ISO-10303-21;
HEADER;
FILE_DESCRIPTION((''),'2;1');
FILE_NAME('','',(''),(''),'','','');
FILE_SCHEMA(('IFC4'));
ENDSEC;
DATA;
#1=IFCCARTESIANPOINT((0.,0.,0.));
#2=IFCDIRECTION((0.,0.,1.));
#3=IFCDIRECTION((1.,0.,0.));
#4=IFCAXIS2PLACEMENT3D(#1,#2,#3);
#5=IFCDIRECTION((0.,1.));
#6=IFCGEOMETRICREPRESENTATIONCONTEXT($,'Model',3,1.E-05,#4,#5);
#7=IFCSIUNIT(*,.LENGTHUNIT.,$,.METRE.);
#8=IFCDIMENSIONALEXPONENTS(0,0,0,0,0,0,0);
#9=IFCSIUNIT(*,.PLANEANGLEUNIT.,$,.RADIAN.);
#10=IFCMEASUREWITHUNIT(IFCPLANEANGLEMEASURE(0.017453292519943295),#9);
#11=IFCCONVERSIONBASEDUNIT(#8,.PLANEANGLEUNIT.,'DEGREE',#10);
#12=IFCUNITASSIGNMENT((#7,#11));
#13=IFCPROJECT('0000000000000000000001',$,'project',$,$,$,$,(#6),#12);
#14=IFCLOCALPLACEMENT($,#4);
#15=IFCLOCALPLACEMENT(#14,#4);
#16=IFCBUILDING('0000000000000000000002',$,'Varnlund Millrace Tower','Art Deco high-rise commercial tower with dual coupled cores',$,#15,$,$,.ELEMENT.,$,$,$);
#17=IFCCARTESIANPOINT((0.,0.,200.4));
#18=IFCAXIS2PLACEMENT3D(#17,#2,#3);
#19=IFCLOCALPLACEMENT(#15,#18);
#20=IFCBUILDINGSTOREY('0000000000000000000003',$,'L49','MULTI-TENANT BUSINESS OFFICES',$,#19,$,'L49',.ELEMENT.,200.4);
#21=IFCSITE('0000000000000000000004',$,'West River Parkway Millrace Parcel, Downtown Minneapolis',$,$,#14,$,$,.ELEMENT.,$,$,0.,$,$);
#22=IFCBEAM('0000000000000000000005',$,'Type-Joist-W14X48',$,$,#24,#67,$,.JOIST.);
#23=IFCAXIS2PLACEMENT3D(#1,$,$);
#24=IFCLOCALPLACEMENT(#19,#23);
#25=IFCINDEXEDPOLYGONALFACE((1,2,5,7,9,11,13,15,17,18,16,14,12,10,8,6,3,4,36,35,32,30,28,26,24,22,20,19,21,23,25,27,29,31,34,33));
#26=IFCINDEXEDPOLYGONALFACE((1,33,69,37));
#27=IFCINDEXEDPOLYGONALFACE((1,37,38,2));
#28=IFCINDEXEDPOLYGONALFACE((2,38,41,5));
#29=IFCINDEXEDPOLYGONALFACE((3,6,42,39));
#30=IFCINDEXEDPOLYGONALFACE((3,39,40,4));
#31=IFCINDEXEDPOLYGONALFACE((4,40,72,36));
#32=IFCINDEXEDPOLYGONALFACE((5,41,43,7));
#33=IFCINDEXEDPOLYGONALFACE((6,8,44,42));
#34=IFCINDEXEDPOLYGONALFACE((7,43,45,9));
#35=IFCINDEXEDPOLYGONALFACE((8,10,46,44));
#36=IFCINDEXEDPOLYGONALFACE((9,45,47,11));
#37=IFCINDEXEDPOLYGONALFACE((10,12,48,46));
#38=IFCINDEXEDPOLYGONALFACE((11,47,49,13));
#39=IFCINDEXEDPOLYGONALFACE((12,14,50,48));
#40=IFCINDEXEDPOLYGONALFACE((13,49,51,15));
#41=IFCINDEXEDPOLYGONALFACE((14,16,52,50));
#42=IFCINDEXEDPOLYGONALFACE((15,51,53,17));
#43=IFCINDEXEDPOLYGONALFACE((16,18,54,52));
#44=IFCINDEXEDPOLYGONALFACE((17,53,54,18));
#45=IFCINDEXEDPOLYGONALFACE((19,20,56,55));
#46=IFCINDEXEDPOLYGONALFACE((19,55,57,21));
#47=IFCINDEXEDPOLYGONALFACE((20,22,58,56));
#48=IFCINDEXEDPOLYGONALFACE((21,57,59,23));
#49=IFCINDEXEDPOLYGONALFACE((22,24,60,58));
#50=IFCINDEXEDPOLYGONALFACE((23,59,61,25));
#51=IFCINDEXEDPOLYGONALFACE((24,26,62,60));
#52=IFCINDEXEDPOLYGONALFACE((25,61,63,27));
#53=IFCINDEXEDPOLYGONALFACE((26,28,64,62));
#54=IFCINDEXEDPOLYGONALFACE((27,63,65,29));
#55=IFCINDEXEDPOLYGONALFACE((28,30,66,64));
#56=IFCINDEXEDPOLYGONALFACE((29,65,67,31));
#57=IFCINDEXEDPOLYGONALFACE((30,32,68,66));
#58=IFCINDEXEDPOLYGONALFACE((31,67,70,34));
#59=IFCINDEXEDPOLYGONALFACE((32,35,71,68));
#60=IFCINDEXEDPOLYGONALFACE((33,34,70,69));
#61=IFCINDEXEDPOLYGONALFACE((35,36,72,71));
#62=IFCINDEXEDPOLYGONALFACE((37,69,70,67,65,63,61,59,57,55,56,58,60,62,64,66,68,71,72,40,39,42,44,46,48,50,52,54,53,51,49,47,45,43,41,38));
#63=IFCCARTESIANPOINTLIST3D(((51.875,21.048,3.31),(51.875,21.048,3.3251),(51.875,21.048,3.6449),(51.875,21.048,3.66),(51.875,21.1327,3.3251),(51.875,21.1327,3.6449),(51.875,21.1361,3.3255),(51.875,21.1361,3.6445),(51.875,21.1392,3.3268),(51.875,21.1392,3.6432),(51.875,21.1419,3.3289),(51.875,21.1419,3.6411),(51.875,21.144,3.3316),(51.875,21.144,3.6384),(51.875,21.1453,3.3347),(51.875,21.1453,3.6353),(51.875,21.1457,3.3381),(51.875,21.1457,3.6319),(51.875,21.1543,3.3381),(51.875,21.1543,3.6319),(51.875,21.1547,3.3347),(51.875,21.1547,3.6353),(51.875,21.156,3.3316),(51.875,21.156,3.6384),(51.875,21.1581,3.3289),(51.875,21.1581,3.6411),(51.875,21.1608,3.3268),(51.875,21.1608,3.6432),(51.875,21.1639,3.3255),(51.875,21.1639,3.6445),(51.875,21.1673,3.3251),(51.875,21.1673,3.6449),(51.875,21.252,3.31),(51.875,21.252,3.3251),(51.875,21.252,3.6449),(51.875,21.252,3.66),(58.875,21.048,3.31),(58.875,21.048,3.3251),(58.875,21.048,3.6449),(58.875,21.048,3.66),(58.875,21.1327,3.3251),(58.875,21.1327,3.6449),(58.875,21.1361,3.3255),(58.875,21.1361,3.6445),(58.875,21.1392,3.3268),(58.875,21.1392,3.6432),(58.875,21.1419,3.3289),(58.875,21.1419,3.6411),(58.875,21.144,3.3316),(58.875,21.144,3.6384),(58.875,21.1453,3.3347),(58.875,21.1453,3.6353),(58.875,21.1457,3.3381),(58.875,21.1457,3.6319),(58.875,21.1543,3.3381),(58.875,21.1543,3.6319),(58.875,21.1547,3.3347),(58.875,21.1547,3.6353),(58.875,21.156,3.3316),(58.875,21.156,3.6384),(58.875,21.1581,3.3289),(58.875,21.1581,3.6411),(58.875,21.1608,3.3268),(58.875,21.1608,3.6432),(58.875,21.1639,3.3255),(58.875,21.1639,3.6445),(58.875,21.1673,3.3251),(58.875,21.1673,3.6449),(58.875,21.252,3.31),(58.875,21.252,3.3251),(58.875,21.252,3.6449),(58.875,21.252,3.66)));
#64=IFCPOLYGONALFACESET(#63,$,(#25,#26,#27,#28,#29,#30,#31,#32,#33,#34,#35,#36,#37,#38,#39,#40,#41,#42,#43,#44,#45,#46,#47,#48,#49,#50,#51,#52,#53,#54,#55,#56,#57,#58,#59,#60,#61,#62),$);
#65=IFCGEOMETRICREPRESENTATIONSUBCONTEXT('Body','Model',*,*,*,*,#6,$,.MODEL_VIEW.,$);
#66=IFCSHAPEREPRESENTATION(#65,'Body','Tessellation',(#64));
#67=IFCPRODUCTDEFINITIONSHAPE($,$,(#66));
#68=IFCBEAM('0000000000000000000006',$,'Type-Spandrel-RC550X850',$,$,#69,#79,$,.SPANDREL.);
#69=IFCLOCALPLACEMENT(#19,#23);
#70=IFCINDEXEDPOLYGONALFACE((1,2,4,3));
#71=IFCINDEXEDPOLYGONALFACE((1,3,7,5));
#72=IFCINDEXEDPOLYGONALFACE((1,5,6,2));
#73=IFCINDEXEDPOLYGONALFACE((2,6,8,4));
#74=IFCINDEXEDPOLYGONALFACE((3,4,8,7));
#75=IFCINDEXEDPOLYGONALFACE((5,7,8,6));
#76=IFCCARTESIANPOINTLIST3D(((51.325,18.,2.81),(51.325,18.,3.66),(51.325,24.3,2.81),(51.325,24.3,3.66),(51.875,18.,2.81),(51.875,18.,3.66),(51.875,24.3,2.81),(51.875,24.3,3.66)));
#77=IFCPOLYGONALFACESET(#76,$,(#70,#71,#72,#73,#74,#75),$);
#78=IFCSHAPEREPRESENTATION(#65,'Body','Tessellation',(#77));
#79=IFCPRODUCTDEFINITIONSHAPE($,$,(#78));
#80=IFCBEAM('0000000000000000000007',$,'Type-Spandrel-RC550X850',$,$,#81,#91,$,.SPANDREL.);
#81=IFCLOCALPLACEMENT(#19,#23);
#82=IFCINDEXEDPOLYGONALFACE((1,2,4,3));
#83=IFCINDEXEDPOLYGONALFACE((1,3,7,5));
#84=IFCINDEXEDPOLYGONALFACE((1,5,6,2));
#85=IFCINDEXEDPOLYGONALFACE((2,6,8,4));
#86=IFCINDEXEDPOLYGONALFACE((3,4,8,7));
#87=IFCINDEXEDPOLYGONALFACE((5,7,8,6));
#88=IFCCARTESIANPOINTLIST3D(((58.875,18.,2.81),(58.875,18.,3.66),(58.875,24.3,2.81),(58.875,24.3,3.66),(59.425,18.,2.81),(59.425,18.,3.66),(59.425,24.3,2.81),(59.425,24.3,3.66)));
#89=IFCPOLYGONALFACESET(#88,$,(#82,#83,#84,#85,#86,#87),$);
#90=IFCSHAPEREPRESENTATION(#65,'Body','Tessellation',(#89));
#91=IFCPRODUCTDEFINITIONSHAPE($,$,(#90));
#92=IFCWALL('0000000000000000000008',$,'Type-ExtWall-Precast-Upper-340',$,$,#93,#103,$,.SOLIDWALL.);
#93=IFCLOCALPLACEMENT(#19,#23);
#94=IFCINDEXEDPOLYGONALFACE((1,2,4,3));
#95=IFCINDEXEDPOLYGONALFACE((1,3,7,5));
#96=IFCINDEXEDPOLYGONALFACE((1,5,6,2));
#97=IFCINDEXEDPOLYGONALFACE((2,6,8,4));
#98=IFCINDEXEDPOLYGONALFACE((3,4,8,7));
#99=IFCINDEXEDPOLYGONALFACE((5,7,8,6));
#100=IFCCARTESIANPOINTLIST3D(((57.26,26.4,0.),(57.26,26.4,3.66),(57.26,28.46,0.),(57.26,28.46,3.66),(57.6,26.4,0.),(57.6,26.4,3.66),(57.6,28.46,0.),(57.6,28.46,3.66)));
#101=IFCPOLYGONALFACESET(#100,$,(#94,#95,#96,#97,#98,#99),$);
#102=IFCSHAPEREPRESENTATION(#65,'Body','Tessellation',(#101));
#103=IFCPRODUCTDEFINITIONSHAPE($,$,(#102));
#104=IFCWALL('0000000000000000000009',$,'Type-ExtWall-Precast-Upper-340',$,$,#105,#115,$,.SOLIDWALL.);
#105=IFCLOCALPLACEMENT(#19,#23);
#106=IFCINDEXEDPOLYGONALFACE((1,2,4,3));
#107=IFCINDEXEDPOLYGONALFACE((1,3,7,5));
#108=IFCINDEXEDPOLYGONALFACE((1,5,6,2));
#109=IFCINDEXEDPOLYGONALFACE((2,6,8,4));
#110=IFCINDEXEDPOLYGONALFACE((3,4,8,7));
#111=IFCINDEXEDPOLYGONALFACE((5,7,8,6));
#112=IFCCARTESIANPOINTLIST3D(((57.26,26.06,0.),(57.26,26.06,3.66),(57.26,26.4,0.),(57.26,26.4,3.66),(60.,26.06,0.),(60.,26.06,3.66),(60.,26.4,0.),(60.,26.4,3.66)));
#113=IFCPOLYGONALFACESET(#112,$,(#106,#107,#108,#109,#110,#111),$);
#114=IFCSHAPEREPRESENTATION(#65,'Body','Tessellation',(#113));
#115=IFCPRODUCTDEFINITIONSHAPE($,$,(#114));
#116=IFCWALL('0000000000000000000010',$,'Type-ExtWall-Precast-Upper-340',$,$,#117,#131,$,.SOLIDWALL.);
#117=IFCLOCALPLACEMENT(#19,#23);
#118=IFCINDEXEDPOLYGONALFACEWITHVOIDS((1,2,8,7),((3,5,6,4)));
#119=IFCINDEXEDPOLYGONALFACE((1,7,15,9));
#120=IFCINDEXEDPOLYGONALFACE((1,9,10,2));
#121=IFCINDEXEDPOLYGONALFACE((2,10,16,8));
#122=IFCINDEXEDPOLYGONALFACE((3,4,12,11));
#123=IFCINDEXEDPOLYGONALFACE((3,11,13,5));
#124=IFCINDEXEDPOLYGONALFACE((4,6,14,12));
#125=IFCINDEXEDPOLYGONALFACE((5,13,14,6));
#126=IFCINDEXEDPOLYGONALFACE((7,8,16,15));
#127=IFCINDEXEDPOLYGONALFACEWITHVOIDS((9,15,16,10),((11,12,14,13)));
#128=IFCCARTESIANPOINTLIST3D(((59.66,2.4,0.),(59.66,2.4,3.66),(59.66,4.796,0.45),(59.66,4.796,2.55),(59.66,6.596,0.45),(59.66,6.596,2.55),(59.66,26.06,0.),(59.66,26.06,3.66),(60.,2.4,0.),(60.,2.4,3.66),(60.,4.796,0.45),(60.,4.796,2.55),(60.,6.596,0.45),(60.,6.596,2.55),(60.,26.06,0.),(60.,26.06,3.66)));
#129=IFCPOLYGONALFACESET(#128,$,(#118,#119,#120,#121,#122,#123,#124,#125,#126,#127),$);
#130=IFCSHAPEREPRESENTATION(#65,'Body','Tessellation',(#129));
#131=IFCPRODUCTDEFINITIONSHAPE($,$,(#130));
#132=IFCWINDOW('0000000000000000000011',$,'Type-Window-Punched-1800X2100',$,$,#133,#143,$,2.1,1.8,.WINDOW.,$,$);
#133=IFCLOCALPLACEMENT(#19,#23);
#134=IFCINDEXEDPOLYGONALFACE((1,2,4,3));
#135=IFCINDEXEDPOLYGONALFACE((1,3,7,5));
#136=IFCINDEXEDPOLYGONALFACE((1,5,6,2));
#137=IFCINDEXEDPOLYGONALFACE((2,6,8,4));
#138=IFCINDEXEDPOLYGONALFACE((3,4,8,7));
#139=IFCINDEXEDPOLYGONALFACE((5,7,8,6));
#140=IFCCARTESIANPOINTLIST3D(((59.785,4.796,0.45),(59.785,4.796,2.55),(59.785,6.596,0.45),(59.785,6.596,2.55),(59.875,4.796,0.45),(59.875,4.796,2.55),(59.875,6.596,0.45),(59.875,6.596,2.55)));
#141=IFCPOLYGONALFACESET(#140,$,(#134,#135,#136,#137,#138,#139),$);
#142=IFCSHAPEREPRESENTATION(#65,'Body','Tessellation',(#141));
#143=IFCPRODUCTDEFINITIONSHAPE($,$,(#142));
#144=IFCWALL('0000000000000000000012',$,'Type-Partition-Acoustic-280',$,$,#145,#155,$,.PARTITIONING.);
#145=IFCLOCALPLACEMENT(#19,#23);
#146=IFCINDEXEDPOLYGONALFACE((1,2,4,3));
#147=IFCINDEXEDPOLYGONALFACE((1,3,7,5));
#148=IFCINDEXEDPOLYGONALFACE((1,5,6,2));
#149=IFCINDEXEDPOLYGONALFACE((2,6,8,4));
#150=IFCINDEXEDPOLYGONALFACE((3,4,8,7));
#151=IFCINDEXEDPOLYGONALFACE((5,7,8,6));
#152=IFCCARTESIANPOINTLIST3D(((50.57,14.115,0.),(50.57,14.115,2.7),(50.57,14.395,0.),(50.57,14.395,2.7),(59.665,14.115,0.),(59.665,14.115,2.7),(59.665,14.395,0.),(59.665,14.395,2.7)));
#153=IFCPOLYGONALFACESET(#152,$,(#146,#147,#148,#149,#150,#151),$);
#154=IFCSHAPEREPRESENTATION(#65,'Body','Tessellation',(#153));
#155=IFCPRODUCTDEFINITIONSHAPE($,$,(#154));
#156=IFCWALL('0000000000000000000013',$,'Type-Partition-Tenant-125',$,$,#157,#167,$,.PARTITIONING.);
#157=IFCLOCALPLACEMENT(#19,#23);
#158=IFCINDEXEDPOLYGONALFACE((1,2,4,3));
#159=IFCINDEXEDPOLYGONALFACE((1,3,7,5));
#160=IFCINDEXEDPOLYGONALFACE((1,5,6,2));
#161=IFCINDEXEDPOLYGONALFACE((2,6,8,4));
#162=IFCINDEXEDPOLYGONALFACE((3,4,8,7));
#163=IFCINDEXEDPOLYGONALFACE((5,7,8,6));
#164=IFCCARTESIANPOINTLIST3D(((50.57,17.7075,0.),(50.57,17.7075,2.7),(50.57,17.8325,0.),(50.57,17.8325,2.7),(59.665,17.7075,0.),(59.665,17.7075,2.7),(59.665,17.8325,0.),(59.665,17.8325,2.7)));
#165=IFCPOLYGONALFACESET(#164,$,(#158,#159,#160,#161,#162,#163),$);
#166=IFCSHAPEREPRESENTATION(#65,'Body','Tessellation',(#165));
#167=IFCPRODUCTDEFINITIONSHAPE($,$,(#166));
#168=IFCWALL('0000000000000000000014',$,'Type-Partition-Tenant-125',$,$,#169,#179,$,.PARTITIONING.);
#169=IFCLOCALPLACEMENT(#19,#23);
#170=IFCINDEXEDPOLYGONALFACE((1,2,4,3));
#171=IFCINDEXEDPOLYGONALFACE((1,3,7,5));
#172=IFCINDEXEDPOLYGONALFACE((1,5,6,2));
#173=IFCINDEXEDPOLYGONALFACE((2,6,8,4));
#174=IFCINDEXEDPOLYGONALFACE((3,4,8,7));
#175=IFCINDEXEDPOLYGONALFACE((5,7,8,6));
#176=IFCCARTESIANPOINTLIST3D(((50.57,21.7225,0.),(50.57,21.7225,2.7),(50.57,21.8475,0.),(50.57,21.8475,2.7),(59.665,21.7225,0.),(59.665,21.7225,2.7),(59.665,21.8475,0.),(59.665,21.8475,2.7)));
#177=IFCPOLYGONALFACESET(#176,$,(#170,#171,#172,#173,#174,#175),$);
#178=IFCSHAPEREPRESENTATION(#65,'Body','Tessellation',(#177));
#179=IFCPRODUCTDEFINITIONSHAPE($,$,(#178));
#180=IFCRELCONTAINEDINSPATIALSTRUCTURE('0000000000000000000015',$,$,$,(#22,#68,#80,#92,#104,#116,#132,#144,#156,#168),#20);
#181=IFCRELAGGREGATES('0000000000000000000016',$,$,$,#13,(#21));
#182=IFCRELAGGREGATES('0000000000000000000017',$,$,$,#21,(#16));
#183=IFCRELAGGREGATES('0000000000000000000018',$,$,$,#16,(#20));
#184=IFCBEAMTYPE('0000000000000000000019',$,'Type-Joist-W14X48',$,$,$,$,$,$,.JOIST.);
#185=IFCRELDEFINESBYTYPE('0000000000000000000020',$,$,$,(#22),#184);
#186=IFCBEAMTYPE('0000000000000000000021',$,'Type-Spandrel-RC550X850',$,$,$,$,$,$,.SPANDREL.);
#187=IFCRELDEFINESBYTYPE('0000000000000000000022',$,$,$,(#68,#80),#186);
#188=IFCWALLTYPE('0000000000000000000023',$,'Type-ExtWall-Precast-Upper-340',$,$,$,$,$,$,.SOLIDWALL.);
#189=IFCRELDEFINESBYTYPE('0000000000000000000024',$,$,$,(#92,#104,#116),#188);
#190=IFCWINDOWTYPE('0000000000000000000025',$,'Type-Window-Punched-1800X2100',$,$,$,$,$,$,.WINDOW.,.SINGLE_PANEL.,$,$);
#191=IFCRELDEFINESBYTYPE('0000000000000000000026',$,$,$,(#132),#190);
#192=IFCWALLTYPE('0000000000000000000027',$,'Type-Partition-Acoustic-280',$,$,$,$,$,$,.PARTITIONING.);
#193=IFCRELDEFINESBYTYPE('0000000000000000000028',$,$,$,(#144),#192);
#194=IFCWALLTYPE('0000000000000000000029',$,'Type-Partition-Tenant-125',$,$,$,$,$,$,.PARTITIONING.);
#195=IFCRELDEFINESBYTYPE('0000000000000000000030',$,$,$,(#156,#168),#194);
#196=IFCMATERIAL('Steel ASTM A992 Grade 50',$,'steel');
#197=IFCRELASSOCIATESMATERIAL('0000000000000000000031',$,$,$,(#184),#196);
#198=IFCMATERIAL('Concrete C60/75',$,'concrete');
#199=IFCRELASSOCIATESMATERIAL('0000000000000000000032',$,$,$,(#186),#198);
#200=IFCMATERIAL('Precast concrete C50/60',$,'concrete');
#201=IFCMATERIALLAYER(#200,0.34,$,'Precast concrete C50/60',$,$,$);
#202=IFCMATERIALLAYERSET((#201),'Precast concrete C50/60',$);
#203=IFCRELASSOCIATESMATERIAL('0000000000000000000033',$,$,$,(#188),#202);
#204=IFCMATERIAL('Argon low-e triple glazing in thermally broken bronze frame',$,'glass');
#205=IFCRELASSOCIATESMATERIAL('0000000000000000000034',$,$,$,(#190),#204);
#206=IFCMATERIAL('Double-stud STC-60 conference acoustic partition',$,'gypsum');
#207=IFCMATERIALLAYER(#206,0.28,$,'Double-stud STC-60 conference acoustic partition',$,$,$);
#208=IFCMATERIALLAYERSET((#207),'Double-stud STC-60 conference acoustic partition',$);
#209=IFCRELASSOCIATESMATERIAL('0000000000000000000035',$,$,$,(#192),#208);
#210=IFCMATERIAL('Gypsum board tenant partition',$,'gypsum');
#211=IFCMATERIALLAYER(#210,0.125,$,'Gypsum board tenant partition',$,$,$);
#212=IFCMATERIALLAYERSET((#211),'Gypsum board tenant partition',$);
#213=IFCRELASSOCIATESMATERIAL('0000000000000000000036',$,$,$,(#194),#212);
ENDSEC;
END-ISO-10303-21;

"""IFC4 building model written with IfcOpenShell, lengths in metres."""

from ifc_helpers import new_model, entity, si_unit, converted_unit, direction, frame, origin_with_axes, origin_2d_with_axis, place, context, subcontext, project, spatial, polyline, rectangle, i_section, outline, extrude, material, layer, layer_set, material_profile, profile_set, type_object, element, fill, save


model = new_model("IFC4")

# Units and contexts
model_context = context("Model", 3, precision=1e-05, world=origin_with_axes(), true_north=direction((0.0, 1.0)))
body_context = subcontext(model_context, "Body", "Model", "MODEL_VIEW")
ifc_project = project(units=[si_unit("LENGTHUNIT", "METRE"), converted_unit("PLANEANGLEUNIT", "DEGREE", entity("IfcPlaneAngleMeasure", 0.017453292519943295), si_unit("PLANEANGLEUNIT", "RADIAN"), dimensions=[0, 0, 0, 0, 0, 0, 0])], contexts=[model_context])

# Site, building, storey
site_placement = place(None, origin_with_axes())
site = spatial("IfcSite", under=ifc_project, at=site_placement, Name="West River Parkway Millrace Parcel, Downtown Minneapolis", CompositionType="ELEMENT", RefElevation=0.0)
building_placement = place(site_placement, origin_with_axes())
building = spatial("IfcBuilding", under=site, at=building_placement, Name="Varnlund Millrace Tower", Description="Art Deco high-rise commercial tower with dual coupled cores", CompositionType="ELEMENT")
storey_placement = place(building_placement, frame((0.0, 0.0, 200.4), z_axis=(0.0, 0.0, 1.0), x_axis=(1.0, 0.0, 0.0)))
storey = spatial("IfcBuildingStorey", under=building, at=storey_placement, Name="L49", Description="MULTI-TENANT BUSINESS OFFICES", LongName="L49", CompositionType="ELEMENT", Elevation=200.4)

# Beams
ifc_material_1 = material(Name="Steel ASTM A992 Grade 50", Category="steel")
ifc_material_profile_1 = material_profile(ifc_material_1, i_section(OverallWidth=0.204, OverallDepth=0.35, WebThickness=0.0086, FlangeThickness=0.0151, FilletRadius=0.013, at=origin_2d_with_axis()), Name="Steel ASTM A992 Grade 50")
ifc_profile_set_1 = profile_set([ifc_material_profile_1], Name="Steel ASTM A992 Grade 50")
beam_type_1 = type_object("IfcBeamType", Name="Type-Joist-W14X48", PredefinedType="JOIST", material=ifc_profile_set_1)
for number, where, z_axis, x_axis, name in (
    (1, (51.875, 21.15, 3.485), (1.0, 0.0, 0.0), (0.0, 1.0, 0.0), "Type-Joist-W14X48"),
):
    element("IfcBeam", number, at=place(storey_placement, frame(where, z_axis=z_axis, x_axis=x_axis)), inside=storey, type_object=beam_type_1, Name=name, PredefinedType="JOIST", context=body_context, shape_type="SweptSolid", body=[
        extrude(i_section(OverallWidth=0.204, OverallDepth=0.35, WebThickness=0.0086, FlangeThickness=0.0151, FilletRadius=0.013, at=origin_2d_with_axis()), origin_with_axes(), (0.0, 0.0, 1.0), 7.0),
    ])
ifc_material_2 = material(Name="Concrete C60/75", Category="concrete")
ifc_material_profile_2 = material_profile(ifc_material_2, rectangle(XDim=0.55, YDim=0.85, at=origin_2d_with_axis()), Name="Concrete C60/75")
ifc_profile_set_2 = profile_set([ifc_material_profile_2], Name="Concrete C60/75")
beam_type_2 = type_object("IfcBeamType", Name="Type-Spandrel-RC550X850", PredefinedType="SPANDREL", material=ifc_profile_set_2)
for number, where, z_axis, x_axis, name in (
    (2, (51.6, 18.0, 3.235), (0.0, 1.0, 0.0), (-1.0, 0.0, 0.0), "Type-Spandrel-RC550X850"),
    (3, (59.15, 18.0, 3.235), (0.0, 1.0, 0.0), (-1.0, 0.0, 0.0), "Type-Spandrel-RC550X850"),
):
    element("IfcBeam", number, at=place(storey_placement, frame(where, z_axis=z_axis, x_axis=x_axis)), inside=storey, type_object=beam_type_2, Name=name, PredefinedType="SPANDREL", context=body_context, shape_type="SweptSolid", body=[
        extrude(rectangle(XDim=0.55, YDim=0.85, at=origin_2d_with_axis()), origin_with_axes(), (0.0, 0.0, 1.0), 6.3),
    ])

# Walls
ifc_material_3 = material(Name="Precast concrete C50/60", Category="concrete")
ifc_layer_1 = layer(ifc_material_3, 0.34, Name="Precast concrete C50/60")
ifc_layer_set_1 = layer_set([ifc_layer_1], Name="Precast concrete C50/60")
wall_type_1 = type_object("IfcWallType", Name="Type-ExtWall-Precast-Upper-340", PredefinedType="SOLIDWALL", material=ifc_layer_set_1)
wall_1_placement = place(storey_placement, frame((57.43, 28.46, 0.0), z_axis=(0.0, 0.0, 1.0), x_axis=(0.0, -1.0, 0.0)))
element("IfcWall", 4, at=wall_1_placement, inside=storey, type_object=wall_type_1, Name="Type-ExtWall-Precast-Upper-340", PredefinedType="SOLIDWALL", context=body_context, shape_type="SweptSolid", body=[
    extrude(outline(polyline([(0.0, -0.17), (2.06, -0.17), (2.06, 0.17), (0.0, 0.17), (0.0, -0.17)])), origin_with_axes(), (0.0, 0.0, 1.0), 3.66),
])
wall_2_placement = place(storey_placement, frame((57.26, 26.23, 0.0), z_axis=(0.0, 0.0, 1.0), x_axis=(1.0, 0.0, 0.0)))
element("IfcWall", 5, at=wall_2_placement, inside=storey, type_object=wall_type_1, Name="Type-ExtWall-Precast-Upper-340", PredefinedType="SOLIDWALL", context=body_context, shape_type="SweptSolid", body=[
    extrude(outline(polyline([(0.0, -0.17), (2.74, -0.17), (2.74, 0.17), (0.0, 0.17), (0.0, -0.17)])), origin_with_axes(), (0.0, 0.0, 1.0), 3.66),
])

# Wall, opening, window
wall_3_placement = place(storey_placement, frame((59.83, 26.06, 0.0), z_axis=(0.0, 0.0, 1.0), x_axis=(0.0, -1.0, 0.0)))
wall_3 = element("IfcWall", 6, at=wall_3_placement, inside=storey, type_object=wall_type_1, Name="Type-ExtWall-Precast-Upper-340", PredefinedType="SOLIDWALL", context=body_context, shape_type="SweptSolid", body=[
    extrude(outline(polyline([(0.0, -0.17), (23.66, -0.17), (23.66, 0.17), (0.0, 0.17), (0.0, -0.17)])), origin_with_axes(), (0.0, 0.0, 1.0), 3.66),
])
opening_placement = place(wall_3_placement, frame((20.364, 0.0, 0.45), z_axis=(0.0, 0.0, 1.0), x_axis=(1.0, 0.0, 0.0)))
opening = element("IfcOpeningElement", 7, at=opening_placement, cuts=wall_3, PredefinedType="OPENING", context=body_context, shape_type="SweptSolid", body=[
    extrude(rectangle(XDim=1.8, YDim=0.36, at=origin_2d_with_axis()), origin_with_axes(), (0.0, 0.0, 1.0), 2.1),
])
ifc_material_4 = material(Name="Argon low-e triple glazing in thermally broken bronze frame", Category="glass")
window_type = type_object("IfcWindowType", Name="Type-Window-Punched-1800X2100", PartitioningType="SINGLE_PANEL", PredefinedType="WINDOW", material=ifc_material_4)
window_placement = place(wall_3_placement, frame((20.364, 0.0, 0.45), z_axis=(0.0, 0.0, 1.0), x_axis=(1.0, 0.0, 0.0)))
window = element("IfcWindow", 8, at=window_placement, inside=storey, type_object=window_type, Name="Type-Window-Punched-1800X2100", OverallHeight=2.1, OverallWidth=1.8, PredefinedType="WINDOW", context=body_context, shape_type="SweptSolid", body=[
    extrude(rectangle(XDim=1.8, YDim=0.09, at=origin_2d_with_axis()), origin_with_axes(), (0.0, 0.0, 1.0), 2.1),
])
fill(opening, window)

# Walls
ifc_material_5 = material(Name="Double-stud STC-60 conference acoustic partition", Category="gypsum")
ifc_layer_2 = layer(ifc_material_5, 0.28, Name="Double-stud STC-60 conference acoustic partition")
ifc_layer_set_2 = layer_set([ifc_layer_2], Name="Double-stud STC-60 conference acoustic partition")
wall_type_2 = type_object("IfcWallType", Name="Type-Partition-Acoustic-280", PredefinedType="PARTITIONING", material=ifc_layer_set_2)
wall_4_placement = place(storey_placement, frame((50.57, 14.255, 0.0), z_axis=(0.0, 0.0, 1.0), x_axis=(1.0, 0.0, 0.0)))
element("IfcWall", 9, at=wall_4_placement, inside=storey, type_object=wall_type_2, Name="Type-Partition-Acoustic-280", PredefinedType="PARTITIONING", context=body_context, shape_type="SweptSolid", body=[
    extrude(outline(polyline([(0.0, -0.14), (9.095, -0.14), (9.095, 0.14), (0.0, 0.14), (0.0, -0.14)])), origin_with_axes(), (0.0, 0.0, 1.0), 2.7),
])
ifc_material_6 = material(Name="Gypsum board tenant partition", Category="gypsum")
ifc_layer_3 = layer(ifc_material_6, 0.125, Name="Gypsum board tenant partition")
ifc_layer_set_3 = layer_set([ifc_layer_3], Name="Gypsum board tenant partition")
wall_type_3 = type_object("IfcWallType", Name="Type-Partition-Tenant-125", PredefinedType="PARTITIONING", material=ifc_layer_set_3)
for number, where, z_axis, x_axis, name in (
    (10, (50.57, 17.77, 0.0), (0.0, 0.0, 1.0), (1.0, 0.0, 0.0), "Type-Partition-Tenant-125"),
    (11, (50.57, 21.785, 0.0), (0.0, 0.0, 1.0), (1.0, 0.0, 0.0), "Type-Partition-Tenant-125"),
):
    element("IfcWall", number, at=place(storey_placement, frame(where, z_axis=z_axis, x_axis=x_axis)), inside=storey, type_object=wall_type_3, Name=name, PredefinedType="PARTITIONING", context=body_context, shape_type="SweptSolid", body=[
        extrude(outline(polyline([(0.0, -0.0625), (9.095, -0.0625), (9.095, 0.0625), (0.0, 0.0625), (0.0, -0.0625)])), origin_with_axes(), (0.0, 0.0, 1.0), 2.7),
    ])

save(model, "model.ifc")
